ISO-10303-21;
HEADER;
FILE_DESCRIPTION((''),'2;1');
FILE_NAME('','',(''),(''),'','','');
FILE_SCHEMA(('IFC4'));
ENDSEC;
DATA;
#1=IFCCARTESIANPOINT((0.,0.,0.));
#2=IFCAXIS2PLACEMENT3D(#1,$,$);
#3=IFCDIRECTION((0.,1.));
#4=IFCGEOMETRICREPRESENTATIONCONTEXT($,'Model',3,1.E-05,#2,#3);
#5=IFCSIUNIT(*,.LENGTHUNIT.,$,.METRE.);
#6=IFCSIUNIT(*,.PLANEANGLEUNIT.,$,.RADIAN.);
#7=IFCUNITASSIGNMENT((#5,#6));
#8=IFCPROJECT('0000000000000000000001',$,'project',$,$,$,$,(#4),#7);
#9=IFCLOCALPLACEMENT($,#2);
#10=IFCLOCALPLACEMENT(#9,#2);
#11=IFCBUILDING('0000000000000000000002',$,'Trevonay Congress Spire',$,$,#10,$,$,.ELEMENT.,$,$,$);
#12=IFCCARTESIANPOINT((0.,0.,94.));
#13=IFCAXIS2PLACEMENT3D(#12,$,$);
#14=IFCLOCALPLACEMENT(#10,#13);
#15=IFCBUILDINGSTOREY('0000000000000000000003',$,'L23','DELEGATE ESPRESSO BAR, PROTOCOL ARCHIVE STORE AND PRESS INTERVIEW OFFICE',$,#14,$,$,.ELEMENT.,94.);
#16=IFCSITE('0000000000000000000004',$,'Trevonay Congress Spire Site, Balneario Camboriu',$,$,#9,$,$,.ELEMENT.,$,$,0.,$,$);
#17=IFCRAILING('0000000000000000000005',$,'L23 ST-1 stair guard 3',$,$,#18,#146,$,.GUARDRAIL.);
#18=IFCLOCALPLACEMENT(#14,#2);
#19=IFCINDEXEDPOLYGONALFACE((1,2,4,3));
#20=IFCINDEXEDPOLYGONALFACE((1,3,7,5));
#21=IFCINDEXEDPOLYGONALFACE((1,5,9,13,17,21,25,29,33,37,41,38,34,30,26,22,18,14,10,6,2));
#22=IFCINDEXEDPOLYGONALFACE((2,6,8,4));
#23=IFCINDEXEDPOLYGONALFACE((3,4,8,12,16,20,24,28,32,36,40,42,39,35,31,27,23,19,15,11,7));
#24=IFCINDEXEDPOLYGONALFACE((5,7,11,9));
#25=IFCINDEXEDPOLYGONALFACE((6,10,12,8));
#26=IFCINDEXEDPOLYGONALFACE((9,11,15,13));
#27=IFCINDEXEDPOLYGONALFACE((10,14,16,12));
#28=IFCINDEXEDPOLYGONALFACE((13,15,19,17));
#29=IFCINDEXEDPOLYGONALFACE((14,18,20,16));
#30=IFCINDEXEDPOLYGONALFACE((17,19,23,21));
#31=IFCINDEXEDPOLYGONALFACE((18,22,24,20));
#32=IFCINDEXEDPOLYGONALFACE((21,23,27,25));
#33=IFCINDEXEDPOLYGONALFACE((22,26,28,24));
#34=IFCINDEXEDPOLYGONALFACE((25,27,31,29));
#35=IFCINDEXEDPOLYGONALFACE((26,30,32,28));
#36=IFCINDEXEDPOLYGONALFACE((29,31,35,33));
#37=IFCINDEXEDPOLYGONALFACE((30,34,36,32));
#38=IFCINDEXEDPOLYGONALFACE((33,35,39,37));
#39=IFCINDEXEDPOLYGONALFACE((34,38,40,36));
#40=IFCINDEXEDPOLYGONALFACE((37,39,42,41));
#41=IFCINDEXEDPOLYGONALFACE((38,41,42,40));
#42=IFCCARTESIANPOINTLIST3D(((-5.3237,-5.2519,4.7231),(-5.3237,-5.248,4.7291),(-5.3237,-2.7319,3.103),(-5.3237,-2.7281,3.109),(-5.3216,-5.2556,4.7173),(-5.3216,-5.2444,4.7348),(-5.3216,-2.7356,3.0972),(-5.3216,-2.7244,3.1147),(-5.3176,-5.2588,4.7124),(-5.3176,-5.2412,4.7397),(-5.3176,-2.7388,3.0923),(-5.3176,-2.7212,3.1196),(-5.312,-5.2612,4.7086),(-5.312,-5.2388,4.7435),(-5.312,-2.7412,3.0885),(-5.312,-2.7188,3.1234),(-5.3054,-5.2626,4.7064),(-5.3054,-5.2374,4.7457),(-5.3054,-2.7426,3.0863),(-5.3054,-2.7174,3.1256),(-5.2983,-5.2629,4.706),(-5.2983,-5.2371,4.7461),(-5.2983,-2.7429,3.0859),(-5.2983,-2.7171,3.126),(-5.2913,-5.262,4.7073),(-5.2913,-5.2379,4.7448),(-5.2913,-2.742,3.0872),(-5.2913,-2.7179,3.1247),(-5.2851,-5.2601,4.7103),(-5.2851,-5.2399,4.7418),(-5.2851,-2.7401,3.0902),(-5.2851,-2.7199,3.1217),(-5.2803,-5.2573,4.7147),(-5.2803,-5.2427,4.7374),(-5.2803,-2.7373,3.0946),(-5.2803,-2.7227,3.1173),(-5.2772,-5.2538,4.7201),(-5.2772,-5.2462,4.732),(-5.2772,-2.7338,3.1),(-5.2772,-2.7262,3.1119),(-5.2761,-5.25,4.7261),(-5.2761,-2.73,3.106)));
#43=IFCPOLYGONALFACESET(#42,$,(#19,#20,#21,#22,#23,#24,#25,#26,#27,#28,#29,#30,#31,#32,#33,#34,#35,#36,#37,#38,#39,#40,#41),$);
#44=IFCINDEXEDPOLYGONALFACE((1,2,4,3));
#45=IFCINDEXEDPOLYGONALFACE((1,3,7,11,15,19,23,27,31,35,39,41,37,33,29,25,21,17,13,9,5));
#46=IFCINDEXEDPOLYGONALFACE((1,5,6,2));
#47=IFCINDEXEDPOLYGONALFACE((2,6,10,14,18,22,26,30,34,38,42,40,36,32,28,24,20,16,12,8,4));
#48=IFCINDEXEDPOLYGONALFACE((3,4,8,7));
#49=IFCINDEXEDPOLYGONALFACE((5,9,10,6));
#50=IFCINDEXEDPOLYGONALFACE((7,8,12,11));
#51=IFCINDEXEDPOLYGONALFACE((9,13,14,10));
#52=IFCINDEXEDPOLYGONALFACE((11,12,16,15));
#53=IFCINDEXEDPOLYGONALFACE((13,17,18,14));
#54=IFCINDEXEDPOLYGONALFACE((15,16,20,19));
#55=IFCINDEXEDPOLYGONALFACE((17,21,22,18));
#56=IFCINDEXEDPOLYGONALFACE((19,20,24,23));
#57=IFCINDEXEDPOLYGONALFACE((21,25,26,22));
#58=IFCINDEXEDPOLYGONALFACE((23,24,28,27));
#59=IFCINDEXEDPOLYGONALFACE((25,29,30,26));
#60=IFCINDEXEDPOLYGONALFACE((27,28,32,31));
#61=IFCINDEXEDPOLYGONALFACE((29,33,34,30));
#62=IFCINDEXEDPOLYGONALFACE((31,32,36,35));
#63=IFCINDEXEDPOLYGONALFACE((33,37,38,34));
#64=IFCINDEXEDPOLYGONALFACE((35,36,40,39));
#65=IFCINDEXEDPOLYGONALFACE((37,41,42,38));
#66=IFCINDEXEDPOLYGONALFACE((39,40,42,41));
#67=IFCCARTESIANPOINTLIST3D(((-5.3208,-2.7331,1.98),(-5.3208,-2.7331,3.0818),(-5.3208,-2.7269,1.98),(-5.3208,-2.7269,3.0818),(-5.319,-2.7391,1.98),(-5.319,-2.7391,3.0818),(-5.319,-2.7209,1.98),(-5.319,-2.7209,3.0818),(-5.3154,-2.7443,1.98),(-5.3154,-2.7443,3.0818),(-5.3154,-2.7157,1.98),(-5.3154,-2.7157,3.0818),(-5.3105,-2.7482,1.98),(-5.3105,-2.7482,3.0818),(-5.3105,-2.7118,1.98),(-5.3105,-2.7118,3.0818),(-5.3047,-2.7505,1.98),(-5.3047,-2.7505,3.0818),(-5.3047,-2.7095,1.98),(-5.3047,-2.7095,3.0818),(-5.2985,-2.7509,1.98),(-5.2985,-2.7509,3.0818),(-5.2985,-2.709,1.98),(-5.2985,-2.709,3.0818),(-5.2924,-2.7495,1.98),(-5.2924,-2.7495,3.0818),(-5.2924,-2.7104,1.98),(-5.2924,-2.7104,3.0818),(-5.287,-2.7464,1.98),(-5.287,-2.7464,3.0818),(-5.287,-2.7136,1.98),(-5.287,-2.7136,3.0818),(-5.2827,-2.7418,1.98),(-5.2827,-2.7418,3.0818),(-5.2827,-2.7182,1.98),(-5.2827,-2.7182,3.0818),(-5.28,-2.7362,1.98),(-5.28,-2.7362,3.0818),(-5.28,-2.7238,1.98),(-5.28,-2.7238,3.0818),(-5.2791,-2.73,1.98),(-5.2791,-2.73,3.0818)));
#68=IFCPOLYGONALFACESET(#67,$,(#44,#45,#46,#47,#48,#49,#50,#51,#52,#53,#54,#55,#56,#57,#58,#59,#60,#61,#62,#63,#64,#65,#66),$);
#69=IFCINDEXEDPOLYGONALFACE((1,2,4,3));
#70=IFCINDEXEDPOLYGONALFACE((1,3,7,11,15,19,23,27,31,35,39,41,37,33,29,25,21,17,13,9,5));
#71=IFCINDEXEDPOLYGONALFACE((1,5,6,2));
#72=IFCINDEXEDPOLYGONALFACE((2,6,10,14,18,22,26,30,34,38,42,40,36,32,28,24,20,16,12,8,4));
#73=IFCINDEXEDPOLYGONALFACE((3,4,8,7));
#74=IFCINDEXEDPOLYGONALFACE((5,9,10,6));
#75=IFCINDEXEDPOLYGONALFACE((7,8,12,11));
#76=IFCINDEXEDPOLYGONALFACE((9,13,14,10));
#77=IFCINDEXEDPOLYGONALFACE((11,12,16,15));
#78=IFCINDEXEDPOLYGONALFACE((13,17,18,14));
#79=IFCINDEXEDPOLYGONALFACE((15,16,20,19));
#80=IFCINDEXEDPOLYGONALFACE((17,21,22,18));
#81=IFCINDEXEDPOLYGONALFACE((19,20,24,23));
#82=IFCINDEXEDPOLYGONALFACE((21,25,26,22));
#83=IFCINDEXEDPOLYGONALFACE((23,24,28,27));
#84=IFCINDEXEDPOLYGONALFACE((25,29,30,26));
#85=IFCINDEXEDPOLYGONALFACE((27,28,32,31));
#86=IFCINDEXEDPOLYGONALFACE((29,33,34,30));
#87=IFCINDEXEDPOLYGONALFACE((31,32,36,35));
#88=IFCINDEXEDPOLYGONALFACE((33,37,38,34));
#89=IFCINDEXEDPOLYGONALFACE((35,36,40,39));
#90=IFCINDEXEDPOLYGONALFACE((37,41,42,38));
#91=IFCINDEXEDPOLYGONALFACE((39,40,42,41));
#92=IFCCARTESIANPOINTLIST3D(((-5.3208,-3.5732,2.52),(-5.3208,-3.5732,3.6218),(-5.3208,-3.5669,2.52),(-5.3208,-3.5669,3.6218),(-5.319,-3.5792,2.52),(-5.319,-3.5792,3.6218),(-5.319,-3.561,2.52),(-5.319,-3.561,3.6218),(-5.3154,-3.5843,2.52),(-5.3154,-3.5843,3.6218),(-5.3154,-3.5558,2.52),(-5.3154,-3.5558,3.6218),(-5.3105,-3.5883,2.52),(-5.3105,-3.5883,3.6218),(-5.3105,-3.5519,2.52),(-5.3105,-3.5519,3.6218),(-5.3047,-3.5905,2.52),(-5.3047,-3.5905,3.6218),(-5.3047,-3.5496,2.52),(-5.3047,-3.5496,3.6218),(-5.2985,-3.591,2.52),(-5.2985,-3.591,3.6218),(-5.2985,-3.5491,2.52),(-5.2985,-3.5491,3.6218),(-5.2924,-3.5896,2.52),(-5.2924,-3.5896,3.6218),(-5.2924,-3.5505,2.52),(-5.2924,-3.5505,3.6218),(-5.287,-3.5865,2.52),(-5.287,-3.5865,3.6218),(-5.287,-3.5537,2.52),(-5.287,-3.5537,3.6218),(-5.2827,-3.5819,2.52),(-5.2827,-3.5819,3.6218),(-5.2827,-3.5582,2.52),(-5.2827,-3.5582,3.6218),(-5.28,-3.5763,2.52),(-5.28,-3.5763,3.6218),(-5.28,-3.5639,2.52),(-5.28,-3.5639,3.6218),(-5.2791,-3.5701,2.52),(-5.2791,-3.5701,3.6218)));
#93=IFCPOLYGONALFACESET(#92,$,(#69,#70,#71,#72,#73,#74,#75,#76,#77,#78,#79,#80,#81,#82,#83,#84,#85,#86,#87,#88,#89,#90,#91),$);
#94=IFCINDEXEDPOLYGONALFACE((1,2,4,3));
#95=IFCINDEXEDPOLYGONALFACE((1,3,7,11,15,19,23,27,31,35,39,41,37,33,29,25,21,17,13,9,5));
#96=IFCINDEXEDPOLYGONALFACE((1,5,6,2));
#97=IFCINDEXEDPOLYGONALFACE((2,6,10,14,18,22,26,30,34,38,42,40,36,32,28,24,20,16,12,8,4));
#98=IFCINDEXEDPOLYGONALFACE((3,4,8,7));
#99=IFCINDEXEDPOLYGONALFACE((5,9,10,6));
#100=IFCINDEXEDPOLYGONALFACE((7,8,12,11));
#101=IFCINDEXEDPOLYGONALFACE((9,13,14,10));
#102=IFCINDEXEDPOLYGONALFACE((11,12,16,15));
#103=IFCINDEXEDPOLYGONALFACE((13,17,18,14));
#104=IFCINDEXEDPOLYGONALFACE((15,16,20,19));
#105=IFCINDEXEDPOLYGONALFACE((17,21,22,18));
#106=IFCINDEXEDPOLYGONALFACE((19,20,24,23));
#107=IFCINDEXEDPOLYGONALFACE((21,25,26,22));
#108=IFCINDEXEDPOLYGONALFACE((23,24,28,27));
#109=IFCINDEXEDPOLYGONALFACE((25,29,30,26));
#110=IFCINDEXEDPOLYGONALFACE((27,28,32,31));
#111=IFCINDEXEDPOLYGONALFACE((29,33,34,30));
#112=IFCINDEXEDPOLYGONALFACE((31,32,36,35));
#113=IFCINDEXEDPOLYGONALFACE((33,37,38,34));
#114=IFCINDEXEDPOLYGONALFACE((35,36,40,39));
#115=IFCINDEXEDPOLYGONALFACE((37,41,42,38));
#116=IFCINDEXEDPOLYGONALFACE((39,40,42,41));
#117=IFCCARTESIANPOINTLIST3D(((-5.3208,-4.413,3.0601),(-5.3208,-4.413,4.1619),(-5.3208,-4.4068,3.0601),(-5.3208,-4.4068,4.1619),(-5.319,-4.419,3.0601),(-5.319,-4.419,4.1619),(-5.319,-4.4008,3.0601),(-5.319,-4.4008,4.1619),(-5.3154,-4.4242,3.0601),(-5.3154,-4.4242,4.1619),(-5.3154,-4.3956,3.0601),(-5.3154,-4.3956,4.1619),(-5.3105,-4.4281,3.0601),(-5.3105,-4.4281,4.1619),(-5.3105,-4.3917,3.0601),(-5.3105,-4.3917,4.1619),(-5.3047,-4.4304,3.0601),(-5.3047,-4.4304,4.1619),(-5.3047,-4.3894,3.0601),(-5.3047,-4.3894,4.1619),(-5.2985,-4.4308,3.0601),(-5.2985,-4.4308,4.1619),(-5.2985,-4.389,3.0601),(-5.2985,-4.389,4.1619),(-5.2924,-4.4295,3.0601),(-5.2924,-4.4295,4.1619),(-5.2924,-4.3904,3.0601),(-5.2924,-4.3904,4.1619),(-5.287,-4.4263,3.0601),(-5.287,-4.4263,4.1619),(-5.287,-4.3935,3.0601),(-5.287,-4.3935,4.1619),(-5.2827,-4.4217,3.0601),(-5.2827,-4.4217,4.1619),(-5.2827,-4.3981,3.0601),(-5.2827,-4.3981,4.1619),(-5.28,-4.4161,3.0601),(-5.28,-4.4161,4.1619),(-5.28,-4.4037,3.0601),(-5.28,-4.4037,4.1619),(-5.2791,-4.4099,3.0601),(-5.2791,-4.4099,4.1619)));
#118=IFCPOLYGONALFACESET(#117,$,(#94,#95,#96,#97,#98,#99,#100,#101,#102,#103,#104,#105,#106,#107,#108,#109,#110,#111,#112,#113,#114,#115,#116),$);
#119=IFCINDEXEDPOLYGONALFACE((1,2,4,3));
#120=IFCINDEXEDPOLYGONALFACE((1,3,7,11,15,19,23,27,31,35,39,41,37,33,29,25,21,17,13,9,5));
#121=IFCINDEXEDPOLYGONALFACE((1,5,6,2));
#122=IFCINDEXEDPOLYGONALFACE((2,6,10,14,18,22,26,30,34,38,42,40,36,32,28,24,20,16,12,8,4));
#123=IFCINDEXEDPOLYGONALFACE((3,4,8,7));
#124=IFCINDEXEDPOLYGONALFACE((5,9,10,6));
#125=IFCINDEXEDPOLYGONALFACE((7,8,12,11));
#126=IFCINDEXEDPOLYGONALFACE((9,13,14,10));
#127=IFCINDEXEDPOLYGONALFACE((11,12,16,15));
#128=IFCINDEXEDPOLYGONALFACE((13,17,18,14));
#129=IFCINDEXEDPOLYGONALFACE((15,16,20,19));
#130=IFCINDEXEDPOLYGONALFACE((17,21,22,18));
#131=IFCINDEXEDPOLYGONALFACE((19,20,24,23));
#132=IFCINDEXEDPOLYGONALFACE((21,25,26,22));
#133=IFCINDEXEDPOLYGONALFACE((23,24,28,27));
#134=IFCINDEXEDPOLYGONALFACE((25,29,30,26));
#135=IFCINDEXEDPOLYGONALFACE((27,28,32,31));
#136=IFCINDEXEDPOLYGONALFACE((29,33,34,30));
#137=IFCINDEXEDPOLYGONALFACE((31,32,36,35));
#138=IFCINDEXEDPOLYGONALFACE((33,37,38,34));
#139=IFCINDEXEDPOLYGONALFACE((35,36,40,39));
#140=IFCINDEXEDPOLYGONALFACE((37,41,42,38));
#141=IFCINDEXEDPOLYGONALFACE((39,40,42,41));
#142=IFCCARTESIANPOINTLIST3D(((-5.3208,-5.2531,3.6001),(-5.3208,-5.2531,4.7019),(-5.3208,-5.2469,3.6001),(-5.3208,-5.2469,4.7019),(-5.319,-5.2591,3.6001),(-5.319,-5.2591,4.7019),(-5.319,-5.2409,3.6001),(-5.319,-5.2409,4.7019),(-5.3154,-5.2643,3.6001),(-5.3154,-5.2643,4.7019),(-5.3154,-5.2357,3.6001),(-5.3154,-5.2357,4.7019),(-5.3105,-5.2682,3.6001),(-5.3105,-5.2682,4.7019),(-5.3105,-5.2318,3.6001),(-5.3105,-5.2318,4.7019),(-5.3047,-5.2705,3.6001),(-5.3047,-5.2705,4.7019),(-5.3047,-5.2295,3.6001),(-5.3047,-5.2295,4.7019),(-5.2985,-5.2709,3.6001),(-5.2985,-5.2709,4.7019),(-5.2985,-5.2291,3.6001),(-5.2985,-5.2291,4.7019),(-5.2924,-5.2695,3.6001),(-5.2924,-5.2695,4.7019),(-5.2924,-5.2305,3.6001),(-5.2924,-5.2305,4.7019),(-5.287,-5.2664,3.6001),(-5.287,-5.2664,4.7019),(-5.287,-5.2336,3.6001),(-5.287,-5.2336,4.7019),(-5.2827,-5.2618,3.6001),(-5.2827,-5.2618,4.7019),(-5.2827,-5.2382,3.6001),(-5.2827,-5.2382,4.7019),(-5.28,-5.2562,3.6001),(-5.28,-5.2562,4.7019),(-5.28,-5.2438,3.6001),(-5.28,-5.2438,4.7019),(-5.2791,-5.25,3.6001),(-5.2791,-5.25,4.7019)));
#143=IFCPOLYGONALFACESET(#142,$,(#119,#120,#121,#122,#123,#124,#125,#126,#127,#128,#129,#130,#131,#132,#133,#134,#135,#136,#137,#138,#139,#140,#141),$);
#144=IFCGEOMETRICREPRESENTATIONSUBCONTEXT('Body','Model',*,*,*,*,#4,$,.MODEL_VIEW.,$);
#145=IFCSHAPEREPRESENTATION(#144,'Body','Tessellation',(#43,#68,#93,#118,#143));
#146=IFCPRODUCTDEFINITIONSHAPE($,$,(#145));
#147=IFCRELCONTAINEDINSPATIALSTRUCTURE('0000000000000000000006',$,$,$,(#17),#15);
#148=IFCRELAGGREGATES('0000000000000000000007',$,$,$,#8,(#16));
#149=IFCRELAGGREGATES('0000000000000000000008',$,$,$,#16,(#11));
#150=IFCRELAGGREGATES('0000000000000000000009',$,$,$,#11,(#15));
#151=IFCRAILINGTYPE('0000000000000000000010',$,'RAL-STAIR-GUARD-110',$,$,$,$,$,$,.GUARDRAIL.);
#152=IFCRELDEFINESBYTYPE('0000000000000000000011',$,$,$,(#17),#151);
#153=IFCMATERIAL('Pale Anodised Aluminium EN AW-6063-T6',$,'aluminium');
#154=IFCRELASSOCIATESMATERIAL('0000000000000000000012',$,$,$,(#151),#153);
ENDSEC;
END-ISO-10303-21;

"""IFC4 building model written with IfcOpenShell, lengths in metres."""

from ifc_helpers import new_model, si_unit, direction, frame, origin, origin_2d, place, context, subcontext, project, spatial, circle, extrude, material, type_object, element, save


model = new_model("IFC4")

# Units and contexts
model_context = context("Model", 3, precision=1e-05, world=origin(), true_north=direction((0.0, 1.0)))
body_context = subcontext(model_context, "Body", "Model", "MODEL_VIEW")
ifc_project = project(units=[si_unit("LENGTHUNIT", "METRE"), si_unit("PLANEANGLEUNIT", "RADIAN")], contexts=[model_context])

# Site, building, storey
site_placement = place(None, origin())
site = spatial("IfcSite", under=ifc_project, at=site_placement, Name="Trevonay Congress Spire Site, Balneario Camboriu", CompositionType="ELEMENT", RefElevation=0.0)
building_placement = place(site_placement, origin())
building = spatial("IfcBuilding", under=site, at=building_placement, Name="Trevonay Congress Spire", CompositionType="ELEMENT")
storey_placement = place(building_placement, frame((0.0, 0.0, 94.0)))
storey = spatial("IfcBuildingStorey", under=building, at=storey_placement, Name="L23", Description="DELEGATE ESPRESSO BAR, PROTOCOL ARCHIVE STORE AND PRESS INTERVIEW OFFICE", CompositionType="ELEMENT", Elevation=94.0)

# Shared definitions
ifc_material_1 = material(Name="Pale Anodised Aluminium EN AW-6063-T6", Category="aluminium")

# Railing
railing_type_1 = type_object("IfcRailingType", Name="RAL-STAIR-GUARD-110", PredefinedType="GUARDRAIL", material=ifc_material_1)
railing_1_placement = place(storey_placement, frame((-5.3, -2.73, 1.98)))
element("IfcRailing", 1, at=railing_1_placement, inside=storey, type_object=railing_type_1, Name="L23 ST-1 stair guard 3", PredefinedType="GUARDRAIL", context=body_context, shape_type="SweptSolid", body=[
    extrude(circle(Radius=0.0239, at=origin_2d()), frame((0.0, 0.0, 1.126), z_axis=(0.0, -0.841163, 0.540782), x_axis=(1.0, 0.0, 0.0)), (0.0, 0.0, 1.0), 2.9958),
    extrude(circle(Radius=0.021, at=origin_2d()), origin(), (0.0, 0.0, 1.0), 1.1018),
    extrude(circle(Radius=0.021, at=origin_2d()), frame((0.0, -0.8401, 0.54)), (0.0, 0.0, 1.0), 1.1018),
    extrude(circle(Radius=0.021, at=origin_2d()), frame((0.0, -1.6799, 1.0801)), (0.0, 0.0, 1.0), 1.1018),
    extrude(circle(Radius=0.021, at=origin_2d()), frame((0.0, -2.52, 1.6201)), (0.0, 0.0, 1.0), 1.1018),
])

save(model, "model.ifc")
